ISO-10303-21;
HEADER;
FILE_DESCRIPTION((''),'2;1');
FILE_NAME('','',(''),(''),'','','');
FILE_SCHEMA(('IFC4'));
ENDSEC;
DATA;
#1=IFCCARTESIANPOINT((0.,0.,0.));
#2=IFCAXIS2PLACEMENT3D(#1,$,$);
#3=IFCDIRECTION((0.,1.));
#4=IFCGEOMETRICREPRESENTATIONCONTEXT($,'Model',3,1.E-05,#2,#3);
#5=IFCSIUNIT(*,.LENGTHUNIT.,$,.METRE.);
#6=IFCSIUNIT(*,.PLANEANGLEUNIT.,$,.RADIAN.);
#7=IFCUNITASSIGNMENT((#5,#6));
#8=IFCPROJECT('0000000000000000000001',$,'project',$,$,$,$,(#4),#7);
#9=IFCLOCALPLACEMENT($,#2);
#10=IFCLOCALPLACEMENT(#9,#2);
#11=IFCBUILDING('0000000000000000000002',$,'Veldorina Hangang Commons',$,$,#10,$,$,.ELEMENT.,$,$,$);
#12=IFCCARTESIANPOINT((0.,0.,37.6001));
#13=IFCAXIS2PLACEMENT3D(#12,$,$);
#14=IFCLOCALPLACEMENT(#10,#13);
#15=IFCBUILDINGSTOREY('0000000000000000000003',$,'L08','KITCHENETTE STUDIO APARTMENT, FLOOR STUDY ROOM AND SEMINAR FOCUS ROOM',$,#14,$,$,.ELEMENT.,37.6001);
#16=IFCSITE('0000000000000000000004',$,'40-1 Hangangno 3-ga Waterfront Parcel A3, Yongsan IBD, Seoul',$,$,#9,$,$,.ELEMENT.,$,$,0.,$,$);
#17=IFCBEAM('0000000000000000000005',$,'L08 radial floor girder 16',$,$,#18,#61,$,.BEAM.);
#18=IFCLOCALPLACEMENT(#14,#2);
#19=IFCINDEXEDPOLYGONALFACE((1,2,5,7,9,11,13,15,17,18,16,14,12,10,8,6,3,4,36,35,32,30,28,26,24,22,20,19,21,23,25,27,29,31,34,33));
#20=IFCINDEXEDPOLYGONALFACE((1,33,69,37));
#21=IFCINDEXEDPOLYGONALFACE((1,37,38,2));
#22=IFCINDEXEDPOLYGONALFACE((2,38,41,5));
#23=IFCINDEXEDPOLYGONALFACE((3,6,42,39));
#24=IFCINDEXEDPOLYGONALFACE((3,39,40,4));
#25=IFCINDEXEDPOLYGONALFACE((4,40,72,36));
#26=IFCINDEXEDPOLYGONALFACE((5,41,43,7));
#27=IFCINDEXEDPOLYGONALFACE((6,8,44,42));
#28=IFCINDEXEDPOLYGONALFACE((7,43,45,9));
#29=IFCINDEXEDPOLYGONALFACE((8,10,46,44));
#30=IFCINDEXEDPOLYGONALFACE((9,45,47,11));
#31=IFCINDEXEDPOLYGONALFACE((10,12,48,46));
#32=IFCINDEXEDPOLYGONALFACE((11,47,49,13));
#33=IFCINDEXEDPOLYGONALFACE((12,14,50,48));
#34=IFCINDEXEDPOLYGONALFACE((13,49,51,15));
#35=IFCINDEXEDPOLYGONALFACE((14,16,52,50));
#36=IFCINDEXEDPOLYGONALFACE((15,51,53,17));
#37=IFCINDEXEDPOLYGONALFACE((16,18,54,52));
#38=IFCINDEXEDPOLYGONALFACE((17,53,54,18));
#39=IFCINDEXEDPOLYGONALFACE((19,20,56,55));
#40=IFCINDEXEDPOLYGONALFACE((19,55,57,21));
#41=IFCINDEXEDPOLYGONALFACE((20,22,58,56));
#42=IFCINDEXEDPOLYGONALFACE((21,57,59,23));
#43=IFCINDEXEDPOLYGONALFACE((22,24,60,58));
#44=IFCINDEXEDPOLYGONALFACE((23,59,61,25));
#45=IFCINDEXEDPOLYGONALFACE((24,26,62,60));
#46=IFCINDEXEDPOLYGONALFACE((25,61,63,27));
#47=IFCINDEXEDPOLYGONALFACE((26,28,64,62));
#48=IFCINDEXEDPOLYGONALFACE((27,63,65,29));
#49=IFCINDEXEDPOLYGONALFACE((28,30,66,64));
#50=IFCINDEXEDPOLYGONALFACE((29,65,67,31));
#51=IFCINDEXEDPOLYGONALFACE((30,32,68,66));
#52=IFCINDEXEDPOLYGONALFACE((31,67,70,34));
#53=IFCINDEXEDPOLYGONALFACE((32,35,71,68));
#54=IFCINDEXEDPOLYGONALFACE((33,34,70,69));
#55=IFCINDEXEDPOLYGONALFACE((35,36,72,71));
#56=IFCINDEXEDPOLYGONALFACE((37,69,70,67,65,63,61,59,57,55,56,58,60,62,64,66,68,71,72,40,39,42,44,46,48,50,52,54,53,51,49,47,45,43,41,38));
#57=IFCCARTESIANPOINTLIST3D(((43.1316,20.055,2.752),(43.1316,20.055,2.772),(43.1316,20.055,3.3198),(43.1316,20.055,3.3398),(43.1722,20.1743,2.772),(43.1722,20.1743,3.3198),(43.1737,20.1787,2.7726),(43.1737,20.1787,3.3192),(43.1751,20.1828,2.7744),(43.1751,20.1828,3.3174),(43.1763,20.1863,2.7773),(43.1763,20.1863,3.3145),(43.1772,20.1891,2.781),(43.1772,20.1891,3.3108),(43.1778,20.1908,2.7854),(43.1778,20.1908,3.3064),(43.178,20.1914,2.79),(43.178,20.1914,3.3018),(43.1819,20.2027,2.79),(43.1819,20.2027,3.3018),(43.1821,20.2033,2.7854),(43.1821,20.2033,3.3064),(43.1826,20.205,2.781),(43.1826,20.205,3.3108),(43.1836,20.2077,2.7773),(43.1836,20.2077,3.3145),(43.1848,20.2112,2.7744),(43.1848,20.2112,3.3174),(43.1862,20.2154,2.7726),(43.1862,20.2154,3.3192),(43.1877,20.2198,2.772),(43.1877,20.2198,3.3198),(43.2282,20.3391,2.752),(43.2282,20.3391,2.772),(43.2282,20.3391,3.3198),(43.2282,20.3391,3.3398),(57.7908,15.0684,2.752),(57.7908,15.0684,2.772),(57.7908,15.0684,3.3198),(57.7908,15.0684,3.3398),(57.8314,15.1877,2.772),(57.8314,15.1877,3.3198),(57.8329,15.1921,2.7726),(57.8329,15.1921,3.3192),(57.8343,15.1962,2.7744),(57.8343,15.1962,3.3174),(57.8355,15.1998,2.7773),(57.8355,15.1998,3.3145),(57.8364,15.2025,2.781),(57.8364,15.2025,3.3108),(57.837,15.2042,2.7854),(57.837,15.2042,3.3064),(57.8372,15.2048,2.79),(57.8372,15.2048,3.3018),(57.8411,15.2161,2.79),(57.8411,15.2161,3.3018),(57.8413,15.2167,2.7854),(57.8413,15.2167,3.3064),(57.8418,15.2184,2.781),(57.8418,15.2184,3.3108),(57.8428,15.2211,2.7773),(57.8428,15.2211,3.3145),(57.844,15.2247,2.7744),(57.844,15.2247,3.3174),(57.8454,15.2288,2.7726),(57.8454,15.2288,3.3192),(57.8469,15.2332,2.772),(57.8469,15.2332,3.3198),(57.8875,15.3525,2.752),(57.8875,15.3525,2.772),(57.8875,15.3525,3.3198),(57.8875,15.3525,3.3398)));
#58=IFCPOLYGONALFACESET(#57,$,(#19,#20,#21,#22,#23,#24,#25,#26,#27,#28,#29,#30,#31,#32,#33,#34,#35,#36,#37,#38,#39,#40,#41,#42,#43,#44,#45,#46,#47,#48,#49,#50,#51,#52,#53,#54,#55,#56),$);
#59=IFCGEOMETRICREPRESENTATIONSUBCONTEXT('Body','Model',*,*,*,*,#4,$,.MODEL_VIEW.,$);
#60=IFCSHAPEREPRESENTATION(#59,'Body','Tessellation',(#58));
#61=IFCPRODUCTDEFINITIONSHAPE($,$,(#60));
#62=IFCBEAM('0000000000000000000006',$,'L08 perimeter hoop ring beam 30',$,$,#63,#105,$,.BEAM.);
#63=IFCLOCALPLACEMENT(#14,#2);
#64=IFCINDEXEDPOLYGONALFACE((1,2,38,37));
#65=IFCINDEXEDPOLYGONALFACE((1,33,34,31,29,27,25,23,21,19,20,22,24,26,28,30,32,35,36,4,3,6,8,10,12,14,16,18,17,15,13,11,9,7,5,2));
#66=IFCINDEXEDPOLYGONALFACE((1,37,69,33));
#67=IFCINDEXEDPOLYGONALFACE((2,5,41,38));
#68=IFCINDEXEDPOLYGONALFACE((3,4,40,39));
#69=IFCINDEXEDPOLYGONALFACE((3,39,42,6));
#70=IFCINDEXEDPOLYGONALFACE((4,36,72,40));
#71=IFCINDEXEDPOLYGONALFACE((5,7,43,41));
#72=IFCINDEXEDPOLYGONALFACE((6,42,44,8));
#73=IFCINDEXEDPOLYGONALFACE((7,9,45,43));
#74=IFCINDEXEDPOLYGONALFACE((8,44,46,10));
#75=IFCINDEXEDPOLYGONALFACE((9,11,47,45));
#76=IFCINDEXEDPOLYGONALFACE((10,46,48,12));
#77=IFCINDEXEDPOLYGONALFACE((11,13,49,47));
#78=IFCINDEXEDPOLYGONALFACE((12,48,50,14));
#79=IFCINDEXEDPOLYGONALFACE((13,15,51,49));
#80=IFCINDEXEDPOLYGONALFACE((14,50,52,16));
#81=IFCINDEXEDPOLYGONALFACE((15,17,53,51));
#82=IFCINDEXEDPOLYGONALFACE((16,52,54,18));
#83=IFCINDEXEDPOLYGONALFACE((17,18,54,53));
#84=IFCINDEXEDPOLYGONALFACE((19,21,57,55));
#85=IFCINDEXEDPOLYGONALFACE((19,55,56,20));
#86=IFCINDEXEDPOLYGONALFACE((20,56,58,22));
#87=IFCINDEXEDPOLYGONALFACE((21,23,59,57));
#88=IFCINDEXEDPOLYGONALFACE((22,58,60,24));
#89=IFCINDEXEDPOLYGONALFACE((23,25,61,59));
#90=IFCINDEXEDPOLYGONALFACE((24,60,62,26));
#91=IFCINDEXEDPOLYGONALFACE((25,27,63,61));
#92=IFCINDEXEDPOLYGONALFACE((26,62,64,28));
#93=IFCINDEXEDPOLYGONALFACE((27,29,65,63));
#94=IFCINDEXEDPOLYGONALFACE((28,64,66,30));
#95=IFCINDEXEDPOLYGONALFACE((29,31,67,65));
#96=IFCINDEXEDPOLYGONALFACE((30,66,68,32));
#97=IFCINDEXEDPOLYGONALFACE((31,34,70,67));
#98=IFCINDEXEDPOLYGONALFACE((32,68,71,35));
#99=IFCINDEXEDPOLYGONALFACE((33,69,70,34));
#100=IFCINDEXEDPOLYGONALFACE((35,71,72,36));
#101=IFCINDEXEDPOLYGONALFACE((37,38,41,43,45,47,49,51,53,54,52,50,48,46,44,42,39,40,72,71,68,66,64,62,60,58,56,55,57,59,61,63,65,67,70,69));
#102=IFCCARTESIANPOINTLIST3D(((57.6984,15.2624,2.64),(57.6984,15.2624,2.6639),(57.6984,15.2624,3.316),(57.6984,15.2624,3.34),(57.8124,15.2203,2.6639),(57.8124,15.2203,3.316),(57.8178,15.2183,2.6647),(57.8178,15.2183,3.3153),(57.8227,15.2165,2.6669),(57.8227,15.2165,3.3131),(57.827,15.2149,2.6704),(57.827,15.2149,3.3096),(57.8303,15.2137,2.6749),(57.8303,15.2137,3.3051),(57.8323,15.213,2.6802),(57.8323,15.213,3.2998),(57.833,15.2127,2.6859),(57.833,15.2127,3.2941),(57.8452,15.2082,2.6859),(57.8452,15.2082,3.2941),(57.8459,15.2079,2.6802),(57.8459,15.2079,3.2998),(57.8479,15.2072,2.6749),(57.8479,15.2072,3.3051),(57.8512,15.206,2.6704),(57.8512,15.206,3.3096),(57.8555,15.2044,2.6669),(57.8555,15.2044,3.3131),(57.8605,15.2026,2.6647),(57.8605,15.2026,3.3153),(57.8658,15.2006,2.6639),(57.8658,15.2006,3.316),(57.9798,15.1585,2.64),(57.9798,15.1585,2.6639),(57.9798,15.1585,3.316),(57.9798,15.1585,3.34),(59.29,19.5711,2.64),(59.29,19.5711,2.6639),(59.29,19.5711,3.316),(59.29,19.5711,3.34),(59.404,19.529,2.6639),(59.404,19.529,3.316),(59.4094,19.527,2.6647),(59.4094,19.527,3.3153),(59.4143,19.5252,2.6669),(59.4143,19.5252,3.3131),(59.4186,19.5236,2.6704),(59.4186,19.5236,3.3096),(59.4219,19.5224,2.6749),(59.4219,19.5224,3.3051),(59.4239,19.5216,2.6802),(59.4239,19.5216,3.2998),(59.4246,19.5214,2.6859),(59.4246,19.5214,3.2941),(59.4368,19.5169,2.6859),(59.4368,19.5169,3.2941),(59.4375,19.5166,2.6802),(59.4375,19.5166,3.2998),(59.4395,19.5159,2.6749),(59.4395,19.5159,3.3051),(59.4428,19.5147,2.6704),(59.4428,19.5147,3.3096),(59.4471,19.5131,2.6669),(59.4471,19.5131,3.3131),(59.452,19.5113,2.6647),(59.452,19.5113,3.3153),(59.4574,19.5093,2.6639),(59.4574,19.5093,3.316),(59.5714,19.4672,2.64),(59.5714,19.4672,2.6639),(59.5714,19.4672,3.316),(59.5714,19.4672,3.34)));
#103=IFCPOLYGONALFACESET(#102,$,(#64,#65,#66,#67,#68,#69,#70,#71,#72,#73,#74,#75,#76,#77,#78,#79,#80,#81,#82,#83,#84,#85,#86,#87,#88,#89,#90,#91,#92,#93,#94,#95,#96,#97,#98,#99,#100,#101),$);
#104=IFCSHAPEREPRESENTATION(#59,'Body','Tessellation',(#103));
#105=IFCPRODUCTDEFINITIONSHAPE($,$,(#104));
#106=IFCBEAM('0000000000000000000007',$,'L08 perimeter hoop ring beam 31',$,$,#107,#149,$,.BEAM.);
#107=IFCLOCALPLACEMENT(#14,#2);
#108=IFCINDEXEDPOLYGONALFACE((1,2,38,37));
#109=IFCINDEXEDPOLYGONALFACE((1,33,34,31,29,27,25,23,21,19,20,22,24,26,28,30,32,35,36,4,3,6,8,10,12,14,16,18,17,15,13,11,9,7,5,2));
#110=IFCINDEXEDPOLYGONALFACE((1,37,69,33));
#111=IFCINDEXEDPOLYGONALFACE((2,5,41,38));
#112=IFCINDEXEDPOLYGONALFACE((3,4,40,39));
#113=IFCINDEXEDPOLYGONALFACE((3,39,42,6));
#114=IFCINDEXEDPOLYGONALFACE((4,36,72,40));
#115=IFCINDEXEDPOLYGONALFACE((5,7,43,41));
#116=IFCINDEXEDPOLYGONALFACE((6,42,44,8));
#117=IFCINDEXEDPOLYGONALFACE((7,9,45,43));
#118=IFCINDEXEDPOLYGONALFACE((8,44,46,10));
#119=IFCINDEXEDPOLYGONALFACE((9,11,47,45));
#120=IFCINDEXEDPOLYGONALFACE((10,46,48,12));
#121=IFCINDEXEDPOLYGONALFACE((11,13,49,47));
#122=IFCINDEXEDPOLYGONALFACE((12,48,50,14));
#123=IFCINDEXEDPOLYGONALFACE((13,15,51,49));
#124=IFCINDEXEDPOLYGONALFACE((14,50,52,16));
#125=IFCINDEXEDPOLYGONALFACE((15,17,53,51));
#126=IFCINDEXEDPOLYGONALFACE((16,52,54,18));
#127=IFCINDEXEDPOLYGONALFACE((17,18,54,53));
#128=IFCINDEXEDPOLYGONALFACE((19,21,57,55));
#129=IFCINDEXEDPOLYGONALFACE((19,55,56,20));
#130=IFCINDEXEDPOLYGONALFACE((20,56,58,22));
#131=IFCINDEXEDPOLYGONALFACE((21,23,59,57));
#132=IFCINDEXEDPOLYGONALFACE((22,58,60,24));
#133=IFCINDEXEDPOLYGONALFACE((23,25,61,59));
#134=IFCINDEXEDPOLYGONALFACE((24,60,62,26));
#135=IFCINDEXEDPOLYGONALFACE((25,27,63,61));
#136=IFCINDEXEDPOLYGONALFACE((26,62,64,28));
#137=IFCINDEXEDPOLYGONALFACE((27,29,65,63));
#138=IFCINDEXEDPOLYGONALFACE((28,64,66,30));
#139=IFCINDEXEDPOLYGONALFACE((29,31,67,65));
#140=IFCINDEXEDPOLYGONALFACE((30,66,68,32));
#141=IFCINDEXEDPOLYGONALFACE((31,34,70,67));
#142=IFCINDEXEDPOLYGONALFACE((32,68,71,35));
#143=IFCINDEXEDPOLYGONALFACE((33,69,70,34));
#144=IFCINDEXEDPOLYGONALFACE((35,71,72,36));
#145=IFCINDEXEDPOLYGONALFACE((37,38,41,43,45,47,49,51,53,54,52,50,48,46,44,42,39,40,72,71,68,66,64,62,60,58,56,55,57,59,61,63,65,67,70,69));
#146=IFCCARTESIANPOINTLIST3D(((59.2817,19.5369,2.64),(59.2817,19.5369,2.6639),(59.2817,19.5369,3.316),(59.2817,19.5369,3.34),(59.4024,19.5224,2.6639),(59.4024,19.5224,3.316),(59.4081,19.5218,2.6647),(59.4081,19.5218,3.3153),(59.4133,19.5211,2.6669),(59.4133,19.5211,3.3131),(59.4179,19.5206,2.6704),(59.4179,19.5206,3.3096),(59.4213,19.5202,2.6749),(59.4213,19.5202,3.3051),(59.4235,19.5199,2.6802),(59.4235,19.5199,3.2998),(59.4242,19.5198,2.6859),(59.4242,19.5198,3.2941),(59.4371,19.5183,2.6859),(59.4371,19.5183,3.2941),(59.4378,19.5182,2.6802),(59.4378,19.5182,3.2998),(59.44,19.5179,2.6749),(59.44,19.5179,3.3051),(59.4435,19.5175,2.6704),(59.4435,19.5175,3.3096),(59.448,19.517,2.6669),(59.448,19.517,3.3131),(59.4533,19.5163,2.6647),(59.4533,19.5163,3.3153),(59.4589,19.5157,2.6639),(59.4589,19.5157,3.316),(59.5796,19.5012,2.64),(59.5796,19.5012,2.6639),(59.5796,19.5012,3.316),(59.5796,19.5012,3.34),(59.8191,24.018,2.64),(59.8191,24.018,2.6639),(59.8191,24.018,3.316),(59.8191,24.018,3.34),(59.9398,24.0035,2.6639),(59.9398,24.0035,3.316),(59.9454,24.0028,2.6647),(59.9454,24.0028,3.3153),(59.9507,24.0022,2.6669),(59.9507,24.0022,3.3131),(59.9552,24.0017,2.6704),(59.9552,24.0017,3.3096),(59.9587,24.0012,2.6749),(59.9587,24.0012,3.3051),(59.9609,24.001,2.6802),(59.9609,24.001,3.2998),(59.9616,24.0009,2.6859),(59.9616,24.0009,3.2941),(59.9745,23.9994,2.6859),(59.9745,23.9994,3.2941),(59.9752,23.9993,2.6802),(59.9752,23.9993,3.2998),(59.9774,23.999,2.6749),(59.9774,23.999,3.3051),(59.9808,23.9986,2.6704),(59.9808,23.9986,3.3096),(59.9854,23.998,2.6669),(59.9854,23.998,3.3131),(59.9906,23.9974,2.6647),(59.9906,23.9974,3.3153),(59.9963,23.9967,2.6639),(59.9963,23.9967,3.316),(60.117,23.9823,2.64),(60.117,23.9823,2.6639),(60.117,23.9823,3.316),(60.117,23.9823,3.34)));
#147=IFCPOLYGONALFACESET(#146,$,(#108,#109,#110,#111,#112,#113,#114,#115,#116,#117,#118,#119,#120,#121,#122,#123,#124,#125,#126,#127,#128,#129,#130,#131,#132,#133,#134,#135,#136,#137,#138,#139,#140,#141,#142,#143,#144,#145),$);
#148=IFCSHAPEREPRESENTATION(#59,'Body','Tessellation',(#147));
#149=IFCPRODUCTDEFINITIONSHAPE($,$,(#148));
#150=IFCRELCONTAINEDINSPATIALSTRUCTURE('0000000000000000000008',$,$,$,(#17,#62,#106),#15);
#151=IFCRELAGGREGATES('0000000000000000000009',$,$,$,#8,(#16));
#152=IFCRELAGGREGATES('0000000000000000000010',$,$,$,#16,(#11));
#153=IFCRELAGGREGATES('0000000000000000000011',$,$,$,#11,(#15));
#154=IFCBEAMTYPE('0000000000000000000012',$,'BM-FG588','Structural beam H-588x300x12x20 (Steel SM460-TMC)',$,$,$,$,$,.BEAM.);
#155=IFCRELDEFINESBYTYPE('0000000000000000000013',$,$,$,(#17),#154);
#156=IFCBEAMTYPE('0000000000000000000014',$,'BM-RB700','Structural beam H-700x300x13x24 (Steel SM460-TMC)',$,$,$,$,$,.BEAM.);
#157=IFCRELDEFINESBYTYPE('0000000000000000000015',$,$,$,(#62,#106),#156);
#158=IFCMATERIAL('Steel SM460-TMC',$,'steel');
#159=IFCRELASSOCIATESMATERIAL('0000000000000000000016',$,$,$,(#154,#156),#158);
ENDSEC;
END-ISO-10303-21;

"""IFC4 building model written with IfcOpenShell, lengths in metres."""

from ifc_helpers import new_model, si_unit, direction, frame, origin, origin_2d, place, context, subcontext, project, spatial, i_section, extrude, material, material_profile, profile_set, type_object, element, save


model = new_model("IFC4")

# Units and contexts
model_context = context("Model", 3, precision=1e-05, world=origin(), true_north=direction((0.0, 1.0)))
body_context = subcontext(model_context, "Body", "Model", "MODEL_VIEW")
ifc_project = project(units=[si_unit("LENGTHUNIT", "METRE"), si_unit("PLANEANGLEUNIT", "RADIAN")], contexts=[model_context])

# Site, building, storey
site_placement = place(None, origin())
site = spatial("IfcSite", under=ifc_project, at=site_placement, Name="40-1 Hangangno 3-ga Waterfront Parcel A3, Yongsan IBD, Seoul", CompositionType="ELEMENT", RefElevation=0.0)
building_placement = place(site_placement, origin())
building = spatial("IfcBuilding", under=site, at=building_placement, Name="Veldorina Hangang Commons", CompositionType="ELEMENT")
storey_placement = place(building_placement, frame((0.0, 0.0, 37.6001)))
storey = spatial("IfcBuildingStorey", under=building, at=storey_placement, Name="L08", Description="KITCHENETTE STUDIO APARTMENT, FLOOR STUDY ROOM AND SEMINAR FOCUS ROOM", CompositionType="ELEMENT", Elevation=37.6001)

# Beams
ifc_material_1 = material(Name="Steel SM460-TMC", Category="steel")
ifc_material_profile_1 = material_profile(ifc_material_1, i_section(OverallWidth=0.3, OverallDepth=0.5879, WebThickness=0.012, FlangeThickness=0.02, FilletRadius=0.0181, at=origin_2d()), Name="H-588x300x12x20")
ifc_profile_set_1 = profile_set([ifc_material_profile_1], Name="Steel SM460-TMC")
beam_type_1 = type_object("IfcBeamType", Name="BM-FG588", Description="Structural beam H-588x300x12x20 (Steel SM460-TMC)", PredefinedType="BEAM", material=ifc_profile_set_1)
beam_1_placement = place(storey_placement, frame((43.1799, 20.197, 3.0459), z_axis=(0.946724, -0.322045, 0.0), x_axis=(0.322045, 0.946724, 0.0)))
element("IfcBeam", 1, at=beam_1_placement, inside=storey, type_object=beam_type_1, Name="L08 radial floor girder 16", PredefinedType="BEAM", context=body_context, shape_type="SweptSolid", body=[
    extrude(i_section(OverallWidth=0.3, OverallDepth=0.5879, WebThickness=0.012, FlangeThickness=0.02, FilletRadius=0.0181, at=origin_2d()), origin(), (0.0, 0.0, 1.0), 15.4841),
])
ifc_material_profile_2 = material_profile(ifc_material_1, i_section(OverallWidth=0.3, OverallDepth=0.7, WebThickness=0.0129, FlangeThickness=0.0239, FilletRadius=0.022, at=origin_2d()), Name="H-700x300x13x24")
ifc_profile_set_2 = profile_set([ifc_material_profile_2], Name="Steel SM460-TMC")
beam_type_2 = type_object("IfcBeamType", Name="BM-RB700", Description="Structural beam H-700x300x13x24 (Steel SM460-TMC)", PredefinedType="BEAM", material=ifc_profile_set_2)
beam_2_placement = place(storey_placement, frame((57.8391, 15.2104, 2.99), z_axis=(0.346506, 0.938048, 0.0), x_axis=(-0.938048, 0.346506, 0.0)))
element("IfcBeam", 2, at=beam_2_placement, inside=storey, type_object=beam_type_2, Name="L08 perimeter hoop ring beam 30", PredefinedType="BEAM", context=body_context, shape_type="SweptSolid", body=[
    extrude(i_section(OverallWidth=0.3, OverallDepth=0.7, WebThickness=0.0129, FlangeThickness=0.0239, FilletRadius=0.022, at=origin_2d()), origin(), (0.0, 0.0, 1.0), 4.5933),
])
beam_3_placement = place(storey_placement, frame((59.4307, 19.519, 2.99), z_axis=(0.119066, 0.992886, 0.0), x_axis=(-0.992886, 0.119066, 0.0)))
element("IfcBeam", 3, at=beam_3_placement, inside=storey, type_object=beam_type_2, Name="L08 perimeter hoop ring beam 31", PredefinedType="BEAM", context=body_context, shape_type="SweptSolid", body=[
    extrude(i_section(OverallWidth=0.3, OverallDepth=0.7, WebThickness=0.0129, FlangeThickness=0.0239, FilletRadius=0.022, at=origin_2d()), origin(), (0.0, 0.0, 1.0), 4.5132),
])

save(model, "model.ifc")
